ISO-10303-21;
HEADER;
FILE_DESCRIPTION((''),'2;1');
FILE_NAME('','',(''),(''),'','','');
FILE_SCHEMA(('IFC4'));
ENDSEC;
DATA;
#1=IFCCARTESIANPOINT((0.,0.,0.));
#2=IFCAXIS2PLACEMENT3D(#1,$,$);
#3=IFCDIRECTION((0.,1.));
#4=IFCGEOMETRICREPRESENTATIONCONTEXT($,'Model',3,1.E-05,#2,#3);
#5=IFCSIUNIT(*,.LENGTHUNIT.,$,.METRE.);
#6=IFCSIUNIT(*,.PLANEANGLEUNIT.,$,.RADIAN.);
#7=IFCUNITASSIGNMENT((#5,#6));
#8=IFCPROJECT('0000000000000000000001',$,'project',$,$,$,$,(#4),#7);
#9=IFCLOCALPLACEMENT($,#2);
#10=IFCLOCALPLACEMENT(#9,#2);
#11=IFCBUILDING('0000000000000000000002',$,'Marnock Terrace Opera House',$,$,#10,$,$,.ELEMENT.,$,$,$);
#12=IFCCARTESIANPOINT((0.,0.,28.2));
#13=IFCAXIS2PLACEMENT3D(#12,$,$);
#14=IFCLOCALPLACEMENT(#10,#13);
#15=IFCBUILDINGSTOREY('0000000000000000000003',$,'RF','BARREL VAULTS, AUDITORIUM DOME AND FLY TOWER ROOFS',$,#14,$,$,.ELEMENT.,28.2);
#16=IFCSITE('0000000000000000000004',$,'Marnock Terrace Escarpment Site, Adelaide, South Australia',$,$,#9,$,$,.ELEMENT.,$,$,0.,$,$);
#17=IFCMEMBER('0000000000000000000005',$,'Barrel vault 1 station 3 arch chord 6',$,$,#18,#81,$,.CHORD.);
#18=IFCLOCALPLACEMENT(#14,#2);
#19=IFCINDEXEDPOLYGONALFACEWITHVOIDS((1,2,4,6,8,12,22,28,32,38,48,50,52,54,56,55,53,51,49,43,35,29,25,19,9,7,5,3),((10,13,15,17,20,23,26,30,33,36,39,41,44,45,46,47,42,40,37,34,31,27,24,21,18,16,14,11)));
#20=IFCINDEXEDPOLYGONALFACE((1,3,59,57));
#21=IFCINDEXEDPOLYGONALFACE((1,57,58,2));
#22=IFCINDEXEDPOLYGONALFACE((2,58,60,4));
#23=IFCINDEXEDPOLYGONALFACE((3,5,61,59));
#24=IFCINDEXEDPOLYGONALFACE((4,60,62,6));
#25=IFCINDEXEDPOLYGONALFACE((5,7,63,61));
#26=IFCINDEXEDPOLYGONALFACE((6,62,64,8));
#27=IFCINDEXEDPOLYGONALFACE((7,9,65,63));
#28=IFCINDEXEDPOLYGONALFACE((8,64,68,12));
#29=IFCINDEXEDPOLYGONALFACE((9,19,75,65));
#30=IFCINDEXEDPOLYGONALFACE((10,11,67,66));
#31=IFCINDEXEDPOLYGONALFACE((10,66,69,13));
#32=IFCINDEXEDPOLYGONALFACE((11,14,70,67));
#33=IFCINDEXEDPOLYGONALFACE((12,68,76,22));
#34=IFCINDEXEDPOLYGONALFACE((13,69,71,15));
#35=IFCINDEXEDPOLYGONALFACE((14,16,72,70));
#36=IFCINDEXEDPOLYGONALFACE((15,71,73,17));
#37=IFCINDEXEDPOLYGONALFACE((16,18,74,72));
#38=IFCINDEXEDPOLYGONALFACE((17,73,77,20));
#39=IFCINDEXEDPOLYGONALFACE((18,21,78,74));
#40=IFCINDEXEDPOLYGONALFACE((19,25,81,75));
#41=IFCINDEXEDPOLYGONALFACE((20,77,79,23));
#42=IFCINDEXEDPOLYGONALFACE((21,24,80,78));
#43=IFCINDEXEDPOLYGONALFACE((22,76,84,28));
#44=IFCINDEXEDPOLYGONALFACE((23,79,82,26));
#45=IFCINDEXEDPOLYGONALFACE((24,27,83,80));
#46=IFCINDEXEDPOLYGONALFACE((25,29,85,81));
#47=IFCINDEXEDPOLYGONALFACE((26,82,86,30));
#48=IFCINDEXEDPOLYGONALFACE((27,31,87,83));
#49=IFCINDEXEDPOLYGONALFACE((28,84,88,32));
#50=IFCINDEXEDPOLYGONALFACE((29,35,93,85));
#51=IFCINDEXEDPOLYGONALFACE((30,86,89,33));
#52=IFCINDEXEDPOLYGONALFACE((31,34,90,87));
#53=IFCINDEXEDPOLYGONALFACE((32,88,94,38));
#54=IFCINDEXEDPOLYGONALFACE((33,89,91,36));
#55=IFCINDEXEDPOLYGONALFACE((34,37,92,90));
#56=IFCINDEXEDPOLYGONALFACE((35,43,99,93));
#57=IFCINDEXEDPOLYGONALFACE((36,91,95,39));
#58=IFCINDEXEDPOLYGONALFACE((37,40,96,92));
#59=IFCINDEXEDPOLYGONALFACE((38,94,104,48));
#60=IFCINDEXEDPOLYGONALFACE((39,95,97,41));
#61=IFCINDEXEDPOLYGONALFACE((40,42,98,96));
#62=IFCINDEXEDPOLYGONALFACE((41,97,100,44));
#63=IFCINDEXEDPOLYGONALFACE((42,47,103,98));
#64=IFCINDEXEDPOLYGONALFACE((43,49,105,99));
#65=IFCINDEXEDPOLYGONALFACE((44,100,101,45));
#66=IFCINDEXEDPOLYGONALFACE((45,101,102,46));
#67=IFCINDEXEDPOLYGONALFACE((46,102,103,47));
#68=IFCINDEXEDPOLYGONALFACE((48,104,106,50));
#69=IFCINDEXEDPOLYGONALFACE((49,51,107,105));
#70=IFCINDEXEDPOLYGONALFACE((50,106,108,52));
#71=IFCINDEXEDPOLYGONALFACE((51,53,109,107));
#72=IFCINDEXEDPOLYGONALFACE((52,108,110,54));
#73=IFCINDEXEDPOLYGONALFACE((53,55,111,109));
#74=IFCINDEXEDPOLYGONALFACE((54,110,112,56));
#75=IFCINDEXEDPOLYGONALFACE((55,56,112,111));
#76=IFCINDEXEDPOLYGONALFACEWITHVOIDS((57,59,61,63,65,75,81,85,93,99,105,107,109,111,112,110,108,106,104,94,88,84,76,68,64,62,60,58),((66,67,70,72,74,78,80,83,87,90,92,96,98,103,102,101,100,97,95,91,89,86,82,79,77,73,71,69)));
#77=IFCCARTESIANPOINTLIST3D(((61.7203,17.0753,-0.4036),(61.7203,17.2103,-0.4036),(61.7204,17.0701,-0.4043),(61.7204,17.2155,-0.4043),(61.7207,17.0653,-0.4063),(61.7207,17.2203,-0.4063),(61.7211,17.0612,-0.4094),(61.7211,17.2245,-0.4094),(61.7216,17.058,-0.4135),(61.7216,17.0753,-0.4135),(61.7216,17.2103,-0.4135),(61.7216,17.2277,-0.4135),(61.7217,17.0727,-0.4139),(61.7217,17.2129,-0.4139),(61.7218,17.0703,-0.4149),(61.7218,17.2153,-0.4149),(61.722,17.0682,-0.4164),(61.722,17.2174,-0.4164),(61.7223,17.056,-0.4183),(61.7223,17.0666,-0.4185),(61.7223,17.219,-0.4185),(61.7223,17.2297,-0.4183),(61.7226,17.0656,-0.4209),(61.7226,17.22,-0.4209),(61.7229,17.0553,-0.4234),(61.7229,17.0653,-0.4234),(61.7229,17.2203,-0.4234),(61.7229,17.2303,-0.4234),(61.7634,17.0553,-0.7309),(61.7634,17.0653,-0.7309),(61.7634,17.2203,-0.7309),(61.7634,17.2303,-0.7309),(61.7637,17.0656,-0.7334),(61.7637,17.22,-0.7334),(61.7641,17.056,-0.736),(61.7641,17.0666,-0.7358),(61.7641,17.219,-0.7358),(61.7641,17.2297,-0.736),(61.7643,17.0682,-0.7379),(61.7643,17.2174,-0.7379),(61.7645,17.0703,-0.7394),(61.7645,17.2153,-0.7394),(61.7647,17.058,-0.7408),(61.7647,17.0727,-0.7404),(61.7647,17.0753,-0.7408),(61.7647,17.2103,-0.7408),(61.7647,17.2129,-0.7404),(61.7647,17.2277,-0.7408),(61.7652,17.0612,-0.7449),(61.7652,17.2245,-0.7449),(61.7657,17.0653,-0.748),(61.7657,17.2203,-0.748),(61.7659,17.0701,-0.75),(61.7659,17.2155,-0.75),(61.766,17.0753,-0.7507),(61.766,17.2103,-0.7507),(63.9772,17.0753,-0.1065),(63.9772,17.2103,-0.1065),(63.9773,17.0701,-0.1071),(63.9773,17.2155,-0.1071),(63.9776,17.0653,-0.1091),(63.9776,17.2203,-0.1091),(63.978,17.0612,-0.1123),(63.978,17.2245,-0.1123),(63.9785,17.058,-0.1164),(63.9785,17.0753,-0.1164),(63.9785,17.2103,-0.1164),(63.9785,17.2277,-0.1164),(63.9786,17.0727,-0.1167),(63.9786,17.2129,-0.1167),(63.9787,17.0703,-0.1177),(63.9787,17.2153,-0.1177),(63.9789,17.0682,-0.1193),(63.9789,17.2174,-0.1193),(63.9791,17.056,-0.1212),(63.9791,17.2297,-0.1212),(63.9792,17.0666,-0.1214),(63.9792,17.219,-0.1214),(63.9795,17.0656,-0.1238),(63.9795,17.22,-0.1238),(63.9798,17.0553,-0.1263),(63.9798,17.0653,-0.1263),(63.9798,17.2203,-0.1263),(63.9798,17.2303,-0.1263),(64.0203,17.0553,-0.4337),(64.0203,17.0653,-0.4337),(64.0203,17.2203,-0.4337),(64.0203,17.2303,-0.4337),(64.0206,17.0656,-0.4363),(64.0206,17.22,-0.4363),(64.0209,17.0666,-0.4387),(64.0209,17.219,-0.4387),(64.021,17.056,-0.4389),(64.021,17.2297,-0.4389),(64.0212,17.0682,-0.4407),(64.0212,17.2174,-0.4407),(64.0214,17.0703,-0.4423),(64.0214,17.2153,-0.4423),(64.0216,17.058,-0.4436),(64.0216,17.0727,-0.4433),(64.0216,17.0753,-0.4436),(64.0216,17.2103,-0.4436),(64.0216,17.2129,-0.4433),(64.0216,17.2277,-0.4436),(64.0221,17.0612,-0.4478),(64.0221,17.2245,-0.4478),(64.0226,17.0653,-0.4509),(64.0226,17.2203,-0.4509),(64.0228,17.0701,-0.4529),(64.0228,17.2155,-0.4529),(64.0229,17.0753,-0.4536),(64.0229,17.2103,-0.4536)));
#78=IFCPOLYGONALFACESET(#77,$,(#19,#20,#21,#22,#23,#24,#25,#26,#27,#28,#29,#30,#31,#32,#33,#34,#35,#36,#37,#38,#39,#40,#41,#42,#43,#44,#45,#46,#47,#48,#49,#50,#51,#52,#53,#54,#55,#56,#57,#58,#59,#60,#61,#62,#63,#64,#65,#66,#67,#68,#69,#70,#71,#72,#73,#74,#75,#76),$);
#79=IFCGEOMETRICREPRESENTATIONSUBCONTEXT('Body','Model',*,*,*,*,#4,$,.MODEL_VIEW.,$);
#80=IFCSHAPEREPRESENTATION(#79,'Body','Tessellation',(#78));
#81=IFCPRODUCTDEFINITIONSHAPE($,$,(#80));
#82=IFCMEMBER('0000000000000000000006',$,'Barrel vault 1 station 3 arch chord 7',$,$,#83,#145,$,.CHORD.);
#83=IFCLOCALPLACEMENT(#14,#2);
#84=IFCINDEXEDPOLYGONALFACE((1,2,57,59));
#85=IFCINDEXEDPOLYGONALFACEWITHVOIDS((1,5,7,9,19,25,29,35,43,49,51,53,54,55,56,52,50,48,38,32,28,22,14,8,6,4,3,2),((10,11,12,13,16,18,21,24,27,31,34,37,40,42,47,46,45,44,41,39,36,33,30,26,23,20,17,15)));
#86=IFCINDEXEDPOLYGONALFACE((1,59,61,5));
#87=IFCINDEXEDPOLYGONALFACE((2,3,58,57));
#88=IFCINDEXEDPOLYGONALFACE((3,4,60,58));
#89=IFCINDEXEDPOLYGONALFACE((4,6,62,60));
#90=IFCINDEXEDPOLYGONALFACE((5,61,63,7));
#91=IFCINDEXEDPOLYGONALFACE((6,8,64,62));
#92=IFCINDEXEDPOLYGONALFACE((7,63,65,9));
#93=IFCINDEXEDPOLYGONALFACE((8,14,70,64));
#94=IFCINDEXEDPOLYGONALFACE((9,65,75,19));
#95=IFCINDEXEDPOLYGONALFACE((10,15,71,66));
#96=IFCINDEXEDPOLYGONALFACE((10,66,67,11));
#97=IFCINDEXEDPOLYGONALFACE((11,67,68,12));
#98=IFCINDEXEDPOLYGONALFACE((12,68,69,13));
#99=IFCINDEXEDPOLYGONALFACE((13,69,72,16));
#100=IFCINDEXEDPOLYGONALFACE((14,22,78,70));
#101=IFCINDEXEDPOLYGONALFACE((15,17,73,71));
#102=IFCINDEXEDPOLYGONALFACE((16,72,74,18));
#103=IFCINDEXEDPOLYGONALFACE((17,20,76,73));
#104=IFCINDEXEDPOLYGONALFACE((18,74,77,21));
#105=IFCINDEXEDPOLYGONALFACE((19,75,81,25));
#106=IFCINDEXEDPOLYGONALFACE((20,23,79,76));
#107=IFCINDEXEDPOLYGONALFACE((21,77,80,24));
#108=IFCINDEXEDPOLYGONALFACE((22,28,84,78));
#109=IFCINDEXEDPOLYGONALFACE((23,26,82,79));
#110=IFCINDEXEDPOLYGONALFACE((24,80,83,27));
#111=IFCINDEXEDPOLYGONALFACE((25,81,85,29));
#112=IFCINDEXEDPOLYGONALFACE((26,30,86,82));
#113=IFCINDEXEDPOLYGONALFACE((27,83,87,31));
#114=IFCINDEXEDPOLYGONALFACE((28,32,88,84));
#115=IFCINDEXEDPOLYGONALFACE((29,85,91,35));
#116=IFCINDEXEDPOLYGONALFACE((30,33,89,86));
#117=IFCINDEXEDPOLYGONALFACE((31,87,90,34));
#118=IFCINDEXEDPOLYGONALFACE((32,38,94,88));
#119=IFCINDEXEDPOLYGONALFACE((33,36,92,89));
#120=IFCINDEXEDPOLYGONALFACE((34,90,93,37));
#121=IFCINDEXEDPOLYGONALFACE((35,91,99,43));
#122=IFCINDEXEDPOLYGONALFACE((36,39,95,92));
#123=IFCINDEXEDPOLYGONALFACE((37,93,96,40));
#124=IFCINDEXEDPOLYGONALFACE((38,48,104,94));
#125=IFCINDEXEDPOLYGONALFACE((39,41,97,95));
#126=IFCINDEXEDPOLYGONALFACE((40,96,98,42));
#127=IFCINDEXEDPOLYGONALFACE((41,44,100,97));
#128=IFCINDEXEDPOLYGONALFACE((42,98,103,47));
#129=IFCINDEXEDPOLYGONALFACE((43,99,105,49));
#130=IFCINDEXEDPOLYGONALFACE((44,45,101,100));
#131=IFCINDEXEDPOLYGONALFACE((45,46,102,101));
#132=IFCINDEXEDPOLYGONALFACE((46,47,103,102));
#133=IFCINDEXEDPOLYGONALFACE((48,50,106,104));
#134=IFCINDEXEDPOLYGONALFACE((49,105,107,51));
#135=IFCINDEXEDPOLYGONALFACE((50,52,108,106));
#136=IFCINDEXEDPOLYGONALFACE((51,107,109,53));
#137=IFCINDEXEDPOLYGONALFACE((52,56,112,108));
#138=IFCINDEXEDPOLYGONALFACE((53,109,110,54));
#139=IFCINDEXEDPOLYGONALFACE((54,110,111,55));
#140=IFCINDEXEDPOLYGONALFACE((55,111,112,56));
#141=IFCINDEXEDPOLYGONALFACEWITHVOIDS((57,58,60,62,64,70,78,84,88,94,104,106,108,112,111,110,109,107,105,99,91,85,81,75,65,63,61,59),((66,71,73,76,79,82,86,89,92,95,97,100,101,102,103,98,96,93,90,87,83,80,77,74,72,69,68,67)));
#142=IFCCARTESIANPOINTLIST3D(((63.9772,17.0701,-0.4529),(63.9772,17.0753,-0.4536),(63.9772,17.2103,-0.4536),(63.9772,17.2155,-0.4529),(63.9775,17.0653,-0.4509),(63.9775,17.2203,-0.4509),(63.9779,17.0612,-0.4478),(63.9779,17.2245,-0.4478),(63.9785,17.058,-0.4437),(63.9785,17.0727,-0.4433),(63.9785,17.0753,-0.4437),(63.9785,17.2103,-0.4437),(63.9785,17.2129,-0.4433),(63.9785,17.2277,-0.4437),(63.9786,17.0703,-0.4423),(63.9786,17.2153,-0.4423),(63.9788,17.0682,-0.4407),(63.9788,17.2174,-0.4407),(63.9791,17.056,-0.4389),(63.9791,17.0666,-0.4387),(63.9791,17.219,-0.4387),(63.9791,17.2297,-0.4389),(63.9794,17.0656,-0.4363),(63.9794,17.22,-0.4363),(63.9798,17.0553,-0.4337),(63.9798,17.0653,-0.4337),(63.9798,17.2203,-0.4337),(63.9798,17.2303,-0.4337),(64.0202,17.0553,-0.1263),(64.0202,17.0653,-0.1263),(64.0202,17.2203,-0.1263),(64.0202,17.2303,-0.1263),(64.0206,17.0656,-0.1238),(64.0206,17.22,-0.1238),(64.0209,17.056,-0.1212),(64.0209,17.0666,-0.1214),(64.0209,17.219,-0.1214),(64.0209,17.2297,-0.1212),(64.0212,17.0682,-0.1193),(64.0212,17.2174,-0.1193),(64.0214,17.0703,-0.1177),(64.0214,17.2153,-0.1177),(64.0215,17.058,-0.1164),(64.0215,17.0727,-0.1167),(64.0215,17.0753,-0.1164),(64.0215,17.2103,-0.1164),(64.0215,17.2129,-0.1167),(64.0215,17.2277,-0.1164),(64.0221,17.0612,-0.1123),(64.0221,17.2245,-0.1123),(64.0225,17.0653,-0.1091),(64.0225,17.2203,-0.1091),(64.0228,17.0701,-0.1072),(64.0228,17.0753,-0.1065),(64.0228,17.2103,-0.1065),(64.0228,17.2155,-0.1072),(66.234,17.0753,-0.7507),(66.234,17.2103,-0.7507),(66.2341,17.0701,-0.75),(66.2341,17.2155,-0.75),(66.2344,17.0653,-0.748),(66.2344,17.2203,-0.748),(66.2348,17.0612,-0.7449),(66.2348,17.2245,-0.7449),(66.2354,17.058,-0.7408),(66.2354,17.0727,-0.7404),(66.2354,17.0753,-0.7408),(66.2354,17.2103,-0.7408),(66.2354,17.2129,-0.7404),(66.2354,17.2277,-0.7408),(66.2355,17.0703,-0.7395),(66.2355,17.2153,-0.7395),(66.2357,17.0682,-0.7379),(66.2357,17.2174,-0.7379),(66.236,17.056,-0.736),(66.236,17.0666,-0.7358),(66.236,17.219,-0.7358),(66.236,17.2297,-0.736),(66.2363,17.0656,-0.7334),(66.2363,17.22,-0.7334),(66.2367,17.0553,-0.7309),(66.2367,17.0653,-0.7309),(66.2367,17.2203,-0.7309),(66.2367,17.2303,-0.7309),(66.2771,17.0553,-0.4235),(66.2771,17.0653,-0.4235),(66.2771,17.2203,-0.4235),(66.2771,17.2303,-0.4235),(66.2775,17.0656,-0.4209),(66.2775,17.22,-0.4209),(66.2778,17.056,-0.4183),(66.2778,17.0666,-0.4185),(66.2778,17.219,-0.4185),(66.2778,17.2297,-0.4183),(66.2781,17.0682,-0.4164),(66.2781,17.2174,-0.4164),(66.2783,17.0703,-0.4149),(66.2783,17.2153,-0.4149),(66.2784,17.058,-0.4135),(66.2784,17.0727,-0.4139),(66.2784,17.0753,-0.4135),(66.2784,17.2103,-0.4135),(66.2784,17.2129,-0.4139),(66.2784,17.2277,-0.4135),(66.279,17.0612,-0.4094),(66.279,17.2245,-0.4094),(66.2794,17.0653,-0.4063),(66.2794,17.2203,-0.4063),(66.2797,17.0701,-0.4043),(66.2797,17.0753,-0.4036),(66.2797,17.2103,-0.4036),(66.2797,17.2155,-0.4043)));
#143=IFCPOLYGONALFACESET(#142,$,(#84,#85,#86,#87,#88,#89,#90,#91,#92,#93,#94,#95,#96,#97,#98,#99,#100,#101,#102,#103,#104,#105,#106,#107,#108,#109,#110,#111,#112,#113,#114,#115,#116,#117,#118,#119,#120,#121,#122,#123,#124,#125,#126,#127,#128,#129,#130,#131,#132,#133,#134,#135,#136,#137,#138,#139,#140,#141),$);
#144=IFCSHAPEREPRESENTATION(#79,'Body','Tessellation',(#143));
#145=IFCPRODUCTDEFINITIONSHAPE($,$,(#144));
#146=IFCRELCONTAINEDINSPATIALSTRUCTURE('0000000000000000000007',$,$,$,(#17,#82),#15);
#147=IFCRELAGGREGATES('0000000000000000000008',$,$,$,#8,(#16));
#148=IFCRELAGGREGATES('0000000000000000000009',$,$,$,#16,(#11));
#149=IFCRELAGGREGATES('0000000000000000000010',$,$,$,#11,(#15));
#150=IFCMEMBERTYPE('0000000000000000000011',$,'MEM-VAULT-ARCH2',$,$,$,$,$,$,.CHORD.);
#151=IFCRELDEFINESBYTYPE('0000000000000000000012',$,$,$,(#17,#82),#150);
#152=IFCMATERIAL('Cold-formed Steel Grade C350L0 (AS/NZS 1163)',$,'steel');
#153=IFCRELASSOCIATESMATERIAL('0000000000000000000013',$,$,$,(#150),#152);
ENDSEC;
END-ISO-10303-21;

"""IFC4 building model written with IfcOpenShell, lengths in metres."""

from ifc_helpers import new_model, si_unit, direction, frame, origin, origin_2d, place, context, subcontext, project, spatial, hollow_rectangle, extrude, material, material_profile, profile_set, type_object, element, save


model = new_model("IFC4")

# Units and contexts
model_context = context("Model", 3, precision=1e-05, world=origin(), true_north=direction((0.0, 1.0)))
body_context = subcontext(model_context, "Body", "Model", "MODEL_VIEW")
ifc_project = project(units=[si_unit("LENGTHUNIT", "METRE"), si_unit("PLANEANGLEUNIT", "RADIAN")], contexts=[model_context])

# Site, building, storey
site_placement = place(None, origin())
site = spatial("IfcSite", under=ifc_project, at=site_placement, Name="Marnock Terrace Escarpment Site, Adelaide, South Australia", CompositionType="ELEMENT", RefElevation=0.0)
building_placement = place(site_placement, origin())
building = spatial("IfcBuilding", under=site, at=building_placement, Name="Marnock Terrace Opera House", CompositionType="ELEMENT")
storey_placement = place(building_placement, frame((0.0, 0.0, 28.2)))
storey = spatial("IfcBuildingStorey", under=building, at=storey_placement, Name="RF", Description="BARREL VAULTS, AUDITORIUM DOME AND FLY TOWER ROOFS", CompositionType="ELEMENT", Elevation=28.2)

# Members
ifc_material_1 = material(Name="Cold-formed Steel Grade C350L0 (AS/NZS 1163)", Category="steel")
ifc_material_profile_1 = material_profile(ifc_material_1, hollow_rectangle(XDim=0.175, YDim=0.3501, WallThickness=0.01, InnerFilletRadius=0.01, OuterFilletRadius=0.02, at=origin_2d()))
ifc_profile_set_1 = profile_set([ifc_material_profile_1], Name="Cold-formed Steel Grade C350L0 (AS/NZS 1163)")
member_type_1 = type_object("IfcMemberType", Name="MEM-VAULT-ARCH2", PredefinedType="CHORD", material=ifc_profile_set_1)
for number, where, z_axis, x_axis, name in (
    (1, (61.7432, 17.1428, -0.5771), (0.991445, 0.0, 0.130527), (0.0, 1.0, 0.0), "Barrel vault 1 station 3 arch chord 6"),
    (2, (64.0, 17.1428, -0.28), (0.991445, 0.0, -0.130527), (0.0, 1.0, 0.0), "Barrel vault 1 station 3 arch chord 7"),
):
    element("IfcMember", number, at=place(storey_placement, frame(where, z_axis=z_axis, x_axis=x_axis)), inside=storey, type_object=member_type_1, Name=name, PredefinedType="CHORD", context=body_context, shape_type="SweptSolid", body=[
        extrude(hollow_rectangle(XDim=0.175, YDim=0.3501, WallThickness=0.01, InnerFilletRadius=0.01, OuterFilletRadius=0.02, at=origin_2d()), origin(), (0.0, 0.0, 1.0), 2.2764),
    ])

save(model, "model.ifc")
